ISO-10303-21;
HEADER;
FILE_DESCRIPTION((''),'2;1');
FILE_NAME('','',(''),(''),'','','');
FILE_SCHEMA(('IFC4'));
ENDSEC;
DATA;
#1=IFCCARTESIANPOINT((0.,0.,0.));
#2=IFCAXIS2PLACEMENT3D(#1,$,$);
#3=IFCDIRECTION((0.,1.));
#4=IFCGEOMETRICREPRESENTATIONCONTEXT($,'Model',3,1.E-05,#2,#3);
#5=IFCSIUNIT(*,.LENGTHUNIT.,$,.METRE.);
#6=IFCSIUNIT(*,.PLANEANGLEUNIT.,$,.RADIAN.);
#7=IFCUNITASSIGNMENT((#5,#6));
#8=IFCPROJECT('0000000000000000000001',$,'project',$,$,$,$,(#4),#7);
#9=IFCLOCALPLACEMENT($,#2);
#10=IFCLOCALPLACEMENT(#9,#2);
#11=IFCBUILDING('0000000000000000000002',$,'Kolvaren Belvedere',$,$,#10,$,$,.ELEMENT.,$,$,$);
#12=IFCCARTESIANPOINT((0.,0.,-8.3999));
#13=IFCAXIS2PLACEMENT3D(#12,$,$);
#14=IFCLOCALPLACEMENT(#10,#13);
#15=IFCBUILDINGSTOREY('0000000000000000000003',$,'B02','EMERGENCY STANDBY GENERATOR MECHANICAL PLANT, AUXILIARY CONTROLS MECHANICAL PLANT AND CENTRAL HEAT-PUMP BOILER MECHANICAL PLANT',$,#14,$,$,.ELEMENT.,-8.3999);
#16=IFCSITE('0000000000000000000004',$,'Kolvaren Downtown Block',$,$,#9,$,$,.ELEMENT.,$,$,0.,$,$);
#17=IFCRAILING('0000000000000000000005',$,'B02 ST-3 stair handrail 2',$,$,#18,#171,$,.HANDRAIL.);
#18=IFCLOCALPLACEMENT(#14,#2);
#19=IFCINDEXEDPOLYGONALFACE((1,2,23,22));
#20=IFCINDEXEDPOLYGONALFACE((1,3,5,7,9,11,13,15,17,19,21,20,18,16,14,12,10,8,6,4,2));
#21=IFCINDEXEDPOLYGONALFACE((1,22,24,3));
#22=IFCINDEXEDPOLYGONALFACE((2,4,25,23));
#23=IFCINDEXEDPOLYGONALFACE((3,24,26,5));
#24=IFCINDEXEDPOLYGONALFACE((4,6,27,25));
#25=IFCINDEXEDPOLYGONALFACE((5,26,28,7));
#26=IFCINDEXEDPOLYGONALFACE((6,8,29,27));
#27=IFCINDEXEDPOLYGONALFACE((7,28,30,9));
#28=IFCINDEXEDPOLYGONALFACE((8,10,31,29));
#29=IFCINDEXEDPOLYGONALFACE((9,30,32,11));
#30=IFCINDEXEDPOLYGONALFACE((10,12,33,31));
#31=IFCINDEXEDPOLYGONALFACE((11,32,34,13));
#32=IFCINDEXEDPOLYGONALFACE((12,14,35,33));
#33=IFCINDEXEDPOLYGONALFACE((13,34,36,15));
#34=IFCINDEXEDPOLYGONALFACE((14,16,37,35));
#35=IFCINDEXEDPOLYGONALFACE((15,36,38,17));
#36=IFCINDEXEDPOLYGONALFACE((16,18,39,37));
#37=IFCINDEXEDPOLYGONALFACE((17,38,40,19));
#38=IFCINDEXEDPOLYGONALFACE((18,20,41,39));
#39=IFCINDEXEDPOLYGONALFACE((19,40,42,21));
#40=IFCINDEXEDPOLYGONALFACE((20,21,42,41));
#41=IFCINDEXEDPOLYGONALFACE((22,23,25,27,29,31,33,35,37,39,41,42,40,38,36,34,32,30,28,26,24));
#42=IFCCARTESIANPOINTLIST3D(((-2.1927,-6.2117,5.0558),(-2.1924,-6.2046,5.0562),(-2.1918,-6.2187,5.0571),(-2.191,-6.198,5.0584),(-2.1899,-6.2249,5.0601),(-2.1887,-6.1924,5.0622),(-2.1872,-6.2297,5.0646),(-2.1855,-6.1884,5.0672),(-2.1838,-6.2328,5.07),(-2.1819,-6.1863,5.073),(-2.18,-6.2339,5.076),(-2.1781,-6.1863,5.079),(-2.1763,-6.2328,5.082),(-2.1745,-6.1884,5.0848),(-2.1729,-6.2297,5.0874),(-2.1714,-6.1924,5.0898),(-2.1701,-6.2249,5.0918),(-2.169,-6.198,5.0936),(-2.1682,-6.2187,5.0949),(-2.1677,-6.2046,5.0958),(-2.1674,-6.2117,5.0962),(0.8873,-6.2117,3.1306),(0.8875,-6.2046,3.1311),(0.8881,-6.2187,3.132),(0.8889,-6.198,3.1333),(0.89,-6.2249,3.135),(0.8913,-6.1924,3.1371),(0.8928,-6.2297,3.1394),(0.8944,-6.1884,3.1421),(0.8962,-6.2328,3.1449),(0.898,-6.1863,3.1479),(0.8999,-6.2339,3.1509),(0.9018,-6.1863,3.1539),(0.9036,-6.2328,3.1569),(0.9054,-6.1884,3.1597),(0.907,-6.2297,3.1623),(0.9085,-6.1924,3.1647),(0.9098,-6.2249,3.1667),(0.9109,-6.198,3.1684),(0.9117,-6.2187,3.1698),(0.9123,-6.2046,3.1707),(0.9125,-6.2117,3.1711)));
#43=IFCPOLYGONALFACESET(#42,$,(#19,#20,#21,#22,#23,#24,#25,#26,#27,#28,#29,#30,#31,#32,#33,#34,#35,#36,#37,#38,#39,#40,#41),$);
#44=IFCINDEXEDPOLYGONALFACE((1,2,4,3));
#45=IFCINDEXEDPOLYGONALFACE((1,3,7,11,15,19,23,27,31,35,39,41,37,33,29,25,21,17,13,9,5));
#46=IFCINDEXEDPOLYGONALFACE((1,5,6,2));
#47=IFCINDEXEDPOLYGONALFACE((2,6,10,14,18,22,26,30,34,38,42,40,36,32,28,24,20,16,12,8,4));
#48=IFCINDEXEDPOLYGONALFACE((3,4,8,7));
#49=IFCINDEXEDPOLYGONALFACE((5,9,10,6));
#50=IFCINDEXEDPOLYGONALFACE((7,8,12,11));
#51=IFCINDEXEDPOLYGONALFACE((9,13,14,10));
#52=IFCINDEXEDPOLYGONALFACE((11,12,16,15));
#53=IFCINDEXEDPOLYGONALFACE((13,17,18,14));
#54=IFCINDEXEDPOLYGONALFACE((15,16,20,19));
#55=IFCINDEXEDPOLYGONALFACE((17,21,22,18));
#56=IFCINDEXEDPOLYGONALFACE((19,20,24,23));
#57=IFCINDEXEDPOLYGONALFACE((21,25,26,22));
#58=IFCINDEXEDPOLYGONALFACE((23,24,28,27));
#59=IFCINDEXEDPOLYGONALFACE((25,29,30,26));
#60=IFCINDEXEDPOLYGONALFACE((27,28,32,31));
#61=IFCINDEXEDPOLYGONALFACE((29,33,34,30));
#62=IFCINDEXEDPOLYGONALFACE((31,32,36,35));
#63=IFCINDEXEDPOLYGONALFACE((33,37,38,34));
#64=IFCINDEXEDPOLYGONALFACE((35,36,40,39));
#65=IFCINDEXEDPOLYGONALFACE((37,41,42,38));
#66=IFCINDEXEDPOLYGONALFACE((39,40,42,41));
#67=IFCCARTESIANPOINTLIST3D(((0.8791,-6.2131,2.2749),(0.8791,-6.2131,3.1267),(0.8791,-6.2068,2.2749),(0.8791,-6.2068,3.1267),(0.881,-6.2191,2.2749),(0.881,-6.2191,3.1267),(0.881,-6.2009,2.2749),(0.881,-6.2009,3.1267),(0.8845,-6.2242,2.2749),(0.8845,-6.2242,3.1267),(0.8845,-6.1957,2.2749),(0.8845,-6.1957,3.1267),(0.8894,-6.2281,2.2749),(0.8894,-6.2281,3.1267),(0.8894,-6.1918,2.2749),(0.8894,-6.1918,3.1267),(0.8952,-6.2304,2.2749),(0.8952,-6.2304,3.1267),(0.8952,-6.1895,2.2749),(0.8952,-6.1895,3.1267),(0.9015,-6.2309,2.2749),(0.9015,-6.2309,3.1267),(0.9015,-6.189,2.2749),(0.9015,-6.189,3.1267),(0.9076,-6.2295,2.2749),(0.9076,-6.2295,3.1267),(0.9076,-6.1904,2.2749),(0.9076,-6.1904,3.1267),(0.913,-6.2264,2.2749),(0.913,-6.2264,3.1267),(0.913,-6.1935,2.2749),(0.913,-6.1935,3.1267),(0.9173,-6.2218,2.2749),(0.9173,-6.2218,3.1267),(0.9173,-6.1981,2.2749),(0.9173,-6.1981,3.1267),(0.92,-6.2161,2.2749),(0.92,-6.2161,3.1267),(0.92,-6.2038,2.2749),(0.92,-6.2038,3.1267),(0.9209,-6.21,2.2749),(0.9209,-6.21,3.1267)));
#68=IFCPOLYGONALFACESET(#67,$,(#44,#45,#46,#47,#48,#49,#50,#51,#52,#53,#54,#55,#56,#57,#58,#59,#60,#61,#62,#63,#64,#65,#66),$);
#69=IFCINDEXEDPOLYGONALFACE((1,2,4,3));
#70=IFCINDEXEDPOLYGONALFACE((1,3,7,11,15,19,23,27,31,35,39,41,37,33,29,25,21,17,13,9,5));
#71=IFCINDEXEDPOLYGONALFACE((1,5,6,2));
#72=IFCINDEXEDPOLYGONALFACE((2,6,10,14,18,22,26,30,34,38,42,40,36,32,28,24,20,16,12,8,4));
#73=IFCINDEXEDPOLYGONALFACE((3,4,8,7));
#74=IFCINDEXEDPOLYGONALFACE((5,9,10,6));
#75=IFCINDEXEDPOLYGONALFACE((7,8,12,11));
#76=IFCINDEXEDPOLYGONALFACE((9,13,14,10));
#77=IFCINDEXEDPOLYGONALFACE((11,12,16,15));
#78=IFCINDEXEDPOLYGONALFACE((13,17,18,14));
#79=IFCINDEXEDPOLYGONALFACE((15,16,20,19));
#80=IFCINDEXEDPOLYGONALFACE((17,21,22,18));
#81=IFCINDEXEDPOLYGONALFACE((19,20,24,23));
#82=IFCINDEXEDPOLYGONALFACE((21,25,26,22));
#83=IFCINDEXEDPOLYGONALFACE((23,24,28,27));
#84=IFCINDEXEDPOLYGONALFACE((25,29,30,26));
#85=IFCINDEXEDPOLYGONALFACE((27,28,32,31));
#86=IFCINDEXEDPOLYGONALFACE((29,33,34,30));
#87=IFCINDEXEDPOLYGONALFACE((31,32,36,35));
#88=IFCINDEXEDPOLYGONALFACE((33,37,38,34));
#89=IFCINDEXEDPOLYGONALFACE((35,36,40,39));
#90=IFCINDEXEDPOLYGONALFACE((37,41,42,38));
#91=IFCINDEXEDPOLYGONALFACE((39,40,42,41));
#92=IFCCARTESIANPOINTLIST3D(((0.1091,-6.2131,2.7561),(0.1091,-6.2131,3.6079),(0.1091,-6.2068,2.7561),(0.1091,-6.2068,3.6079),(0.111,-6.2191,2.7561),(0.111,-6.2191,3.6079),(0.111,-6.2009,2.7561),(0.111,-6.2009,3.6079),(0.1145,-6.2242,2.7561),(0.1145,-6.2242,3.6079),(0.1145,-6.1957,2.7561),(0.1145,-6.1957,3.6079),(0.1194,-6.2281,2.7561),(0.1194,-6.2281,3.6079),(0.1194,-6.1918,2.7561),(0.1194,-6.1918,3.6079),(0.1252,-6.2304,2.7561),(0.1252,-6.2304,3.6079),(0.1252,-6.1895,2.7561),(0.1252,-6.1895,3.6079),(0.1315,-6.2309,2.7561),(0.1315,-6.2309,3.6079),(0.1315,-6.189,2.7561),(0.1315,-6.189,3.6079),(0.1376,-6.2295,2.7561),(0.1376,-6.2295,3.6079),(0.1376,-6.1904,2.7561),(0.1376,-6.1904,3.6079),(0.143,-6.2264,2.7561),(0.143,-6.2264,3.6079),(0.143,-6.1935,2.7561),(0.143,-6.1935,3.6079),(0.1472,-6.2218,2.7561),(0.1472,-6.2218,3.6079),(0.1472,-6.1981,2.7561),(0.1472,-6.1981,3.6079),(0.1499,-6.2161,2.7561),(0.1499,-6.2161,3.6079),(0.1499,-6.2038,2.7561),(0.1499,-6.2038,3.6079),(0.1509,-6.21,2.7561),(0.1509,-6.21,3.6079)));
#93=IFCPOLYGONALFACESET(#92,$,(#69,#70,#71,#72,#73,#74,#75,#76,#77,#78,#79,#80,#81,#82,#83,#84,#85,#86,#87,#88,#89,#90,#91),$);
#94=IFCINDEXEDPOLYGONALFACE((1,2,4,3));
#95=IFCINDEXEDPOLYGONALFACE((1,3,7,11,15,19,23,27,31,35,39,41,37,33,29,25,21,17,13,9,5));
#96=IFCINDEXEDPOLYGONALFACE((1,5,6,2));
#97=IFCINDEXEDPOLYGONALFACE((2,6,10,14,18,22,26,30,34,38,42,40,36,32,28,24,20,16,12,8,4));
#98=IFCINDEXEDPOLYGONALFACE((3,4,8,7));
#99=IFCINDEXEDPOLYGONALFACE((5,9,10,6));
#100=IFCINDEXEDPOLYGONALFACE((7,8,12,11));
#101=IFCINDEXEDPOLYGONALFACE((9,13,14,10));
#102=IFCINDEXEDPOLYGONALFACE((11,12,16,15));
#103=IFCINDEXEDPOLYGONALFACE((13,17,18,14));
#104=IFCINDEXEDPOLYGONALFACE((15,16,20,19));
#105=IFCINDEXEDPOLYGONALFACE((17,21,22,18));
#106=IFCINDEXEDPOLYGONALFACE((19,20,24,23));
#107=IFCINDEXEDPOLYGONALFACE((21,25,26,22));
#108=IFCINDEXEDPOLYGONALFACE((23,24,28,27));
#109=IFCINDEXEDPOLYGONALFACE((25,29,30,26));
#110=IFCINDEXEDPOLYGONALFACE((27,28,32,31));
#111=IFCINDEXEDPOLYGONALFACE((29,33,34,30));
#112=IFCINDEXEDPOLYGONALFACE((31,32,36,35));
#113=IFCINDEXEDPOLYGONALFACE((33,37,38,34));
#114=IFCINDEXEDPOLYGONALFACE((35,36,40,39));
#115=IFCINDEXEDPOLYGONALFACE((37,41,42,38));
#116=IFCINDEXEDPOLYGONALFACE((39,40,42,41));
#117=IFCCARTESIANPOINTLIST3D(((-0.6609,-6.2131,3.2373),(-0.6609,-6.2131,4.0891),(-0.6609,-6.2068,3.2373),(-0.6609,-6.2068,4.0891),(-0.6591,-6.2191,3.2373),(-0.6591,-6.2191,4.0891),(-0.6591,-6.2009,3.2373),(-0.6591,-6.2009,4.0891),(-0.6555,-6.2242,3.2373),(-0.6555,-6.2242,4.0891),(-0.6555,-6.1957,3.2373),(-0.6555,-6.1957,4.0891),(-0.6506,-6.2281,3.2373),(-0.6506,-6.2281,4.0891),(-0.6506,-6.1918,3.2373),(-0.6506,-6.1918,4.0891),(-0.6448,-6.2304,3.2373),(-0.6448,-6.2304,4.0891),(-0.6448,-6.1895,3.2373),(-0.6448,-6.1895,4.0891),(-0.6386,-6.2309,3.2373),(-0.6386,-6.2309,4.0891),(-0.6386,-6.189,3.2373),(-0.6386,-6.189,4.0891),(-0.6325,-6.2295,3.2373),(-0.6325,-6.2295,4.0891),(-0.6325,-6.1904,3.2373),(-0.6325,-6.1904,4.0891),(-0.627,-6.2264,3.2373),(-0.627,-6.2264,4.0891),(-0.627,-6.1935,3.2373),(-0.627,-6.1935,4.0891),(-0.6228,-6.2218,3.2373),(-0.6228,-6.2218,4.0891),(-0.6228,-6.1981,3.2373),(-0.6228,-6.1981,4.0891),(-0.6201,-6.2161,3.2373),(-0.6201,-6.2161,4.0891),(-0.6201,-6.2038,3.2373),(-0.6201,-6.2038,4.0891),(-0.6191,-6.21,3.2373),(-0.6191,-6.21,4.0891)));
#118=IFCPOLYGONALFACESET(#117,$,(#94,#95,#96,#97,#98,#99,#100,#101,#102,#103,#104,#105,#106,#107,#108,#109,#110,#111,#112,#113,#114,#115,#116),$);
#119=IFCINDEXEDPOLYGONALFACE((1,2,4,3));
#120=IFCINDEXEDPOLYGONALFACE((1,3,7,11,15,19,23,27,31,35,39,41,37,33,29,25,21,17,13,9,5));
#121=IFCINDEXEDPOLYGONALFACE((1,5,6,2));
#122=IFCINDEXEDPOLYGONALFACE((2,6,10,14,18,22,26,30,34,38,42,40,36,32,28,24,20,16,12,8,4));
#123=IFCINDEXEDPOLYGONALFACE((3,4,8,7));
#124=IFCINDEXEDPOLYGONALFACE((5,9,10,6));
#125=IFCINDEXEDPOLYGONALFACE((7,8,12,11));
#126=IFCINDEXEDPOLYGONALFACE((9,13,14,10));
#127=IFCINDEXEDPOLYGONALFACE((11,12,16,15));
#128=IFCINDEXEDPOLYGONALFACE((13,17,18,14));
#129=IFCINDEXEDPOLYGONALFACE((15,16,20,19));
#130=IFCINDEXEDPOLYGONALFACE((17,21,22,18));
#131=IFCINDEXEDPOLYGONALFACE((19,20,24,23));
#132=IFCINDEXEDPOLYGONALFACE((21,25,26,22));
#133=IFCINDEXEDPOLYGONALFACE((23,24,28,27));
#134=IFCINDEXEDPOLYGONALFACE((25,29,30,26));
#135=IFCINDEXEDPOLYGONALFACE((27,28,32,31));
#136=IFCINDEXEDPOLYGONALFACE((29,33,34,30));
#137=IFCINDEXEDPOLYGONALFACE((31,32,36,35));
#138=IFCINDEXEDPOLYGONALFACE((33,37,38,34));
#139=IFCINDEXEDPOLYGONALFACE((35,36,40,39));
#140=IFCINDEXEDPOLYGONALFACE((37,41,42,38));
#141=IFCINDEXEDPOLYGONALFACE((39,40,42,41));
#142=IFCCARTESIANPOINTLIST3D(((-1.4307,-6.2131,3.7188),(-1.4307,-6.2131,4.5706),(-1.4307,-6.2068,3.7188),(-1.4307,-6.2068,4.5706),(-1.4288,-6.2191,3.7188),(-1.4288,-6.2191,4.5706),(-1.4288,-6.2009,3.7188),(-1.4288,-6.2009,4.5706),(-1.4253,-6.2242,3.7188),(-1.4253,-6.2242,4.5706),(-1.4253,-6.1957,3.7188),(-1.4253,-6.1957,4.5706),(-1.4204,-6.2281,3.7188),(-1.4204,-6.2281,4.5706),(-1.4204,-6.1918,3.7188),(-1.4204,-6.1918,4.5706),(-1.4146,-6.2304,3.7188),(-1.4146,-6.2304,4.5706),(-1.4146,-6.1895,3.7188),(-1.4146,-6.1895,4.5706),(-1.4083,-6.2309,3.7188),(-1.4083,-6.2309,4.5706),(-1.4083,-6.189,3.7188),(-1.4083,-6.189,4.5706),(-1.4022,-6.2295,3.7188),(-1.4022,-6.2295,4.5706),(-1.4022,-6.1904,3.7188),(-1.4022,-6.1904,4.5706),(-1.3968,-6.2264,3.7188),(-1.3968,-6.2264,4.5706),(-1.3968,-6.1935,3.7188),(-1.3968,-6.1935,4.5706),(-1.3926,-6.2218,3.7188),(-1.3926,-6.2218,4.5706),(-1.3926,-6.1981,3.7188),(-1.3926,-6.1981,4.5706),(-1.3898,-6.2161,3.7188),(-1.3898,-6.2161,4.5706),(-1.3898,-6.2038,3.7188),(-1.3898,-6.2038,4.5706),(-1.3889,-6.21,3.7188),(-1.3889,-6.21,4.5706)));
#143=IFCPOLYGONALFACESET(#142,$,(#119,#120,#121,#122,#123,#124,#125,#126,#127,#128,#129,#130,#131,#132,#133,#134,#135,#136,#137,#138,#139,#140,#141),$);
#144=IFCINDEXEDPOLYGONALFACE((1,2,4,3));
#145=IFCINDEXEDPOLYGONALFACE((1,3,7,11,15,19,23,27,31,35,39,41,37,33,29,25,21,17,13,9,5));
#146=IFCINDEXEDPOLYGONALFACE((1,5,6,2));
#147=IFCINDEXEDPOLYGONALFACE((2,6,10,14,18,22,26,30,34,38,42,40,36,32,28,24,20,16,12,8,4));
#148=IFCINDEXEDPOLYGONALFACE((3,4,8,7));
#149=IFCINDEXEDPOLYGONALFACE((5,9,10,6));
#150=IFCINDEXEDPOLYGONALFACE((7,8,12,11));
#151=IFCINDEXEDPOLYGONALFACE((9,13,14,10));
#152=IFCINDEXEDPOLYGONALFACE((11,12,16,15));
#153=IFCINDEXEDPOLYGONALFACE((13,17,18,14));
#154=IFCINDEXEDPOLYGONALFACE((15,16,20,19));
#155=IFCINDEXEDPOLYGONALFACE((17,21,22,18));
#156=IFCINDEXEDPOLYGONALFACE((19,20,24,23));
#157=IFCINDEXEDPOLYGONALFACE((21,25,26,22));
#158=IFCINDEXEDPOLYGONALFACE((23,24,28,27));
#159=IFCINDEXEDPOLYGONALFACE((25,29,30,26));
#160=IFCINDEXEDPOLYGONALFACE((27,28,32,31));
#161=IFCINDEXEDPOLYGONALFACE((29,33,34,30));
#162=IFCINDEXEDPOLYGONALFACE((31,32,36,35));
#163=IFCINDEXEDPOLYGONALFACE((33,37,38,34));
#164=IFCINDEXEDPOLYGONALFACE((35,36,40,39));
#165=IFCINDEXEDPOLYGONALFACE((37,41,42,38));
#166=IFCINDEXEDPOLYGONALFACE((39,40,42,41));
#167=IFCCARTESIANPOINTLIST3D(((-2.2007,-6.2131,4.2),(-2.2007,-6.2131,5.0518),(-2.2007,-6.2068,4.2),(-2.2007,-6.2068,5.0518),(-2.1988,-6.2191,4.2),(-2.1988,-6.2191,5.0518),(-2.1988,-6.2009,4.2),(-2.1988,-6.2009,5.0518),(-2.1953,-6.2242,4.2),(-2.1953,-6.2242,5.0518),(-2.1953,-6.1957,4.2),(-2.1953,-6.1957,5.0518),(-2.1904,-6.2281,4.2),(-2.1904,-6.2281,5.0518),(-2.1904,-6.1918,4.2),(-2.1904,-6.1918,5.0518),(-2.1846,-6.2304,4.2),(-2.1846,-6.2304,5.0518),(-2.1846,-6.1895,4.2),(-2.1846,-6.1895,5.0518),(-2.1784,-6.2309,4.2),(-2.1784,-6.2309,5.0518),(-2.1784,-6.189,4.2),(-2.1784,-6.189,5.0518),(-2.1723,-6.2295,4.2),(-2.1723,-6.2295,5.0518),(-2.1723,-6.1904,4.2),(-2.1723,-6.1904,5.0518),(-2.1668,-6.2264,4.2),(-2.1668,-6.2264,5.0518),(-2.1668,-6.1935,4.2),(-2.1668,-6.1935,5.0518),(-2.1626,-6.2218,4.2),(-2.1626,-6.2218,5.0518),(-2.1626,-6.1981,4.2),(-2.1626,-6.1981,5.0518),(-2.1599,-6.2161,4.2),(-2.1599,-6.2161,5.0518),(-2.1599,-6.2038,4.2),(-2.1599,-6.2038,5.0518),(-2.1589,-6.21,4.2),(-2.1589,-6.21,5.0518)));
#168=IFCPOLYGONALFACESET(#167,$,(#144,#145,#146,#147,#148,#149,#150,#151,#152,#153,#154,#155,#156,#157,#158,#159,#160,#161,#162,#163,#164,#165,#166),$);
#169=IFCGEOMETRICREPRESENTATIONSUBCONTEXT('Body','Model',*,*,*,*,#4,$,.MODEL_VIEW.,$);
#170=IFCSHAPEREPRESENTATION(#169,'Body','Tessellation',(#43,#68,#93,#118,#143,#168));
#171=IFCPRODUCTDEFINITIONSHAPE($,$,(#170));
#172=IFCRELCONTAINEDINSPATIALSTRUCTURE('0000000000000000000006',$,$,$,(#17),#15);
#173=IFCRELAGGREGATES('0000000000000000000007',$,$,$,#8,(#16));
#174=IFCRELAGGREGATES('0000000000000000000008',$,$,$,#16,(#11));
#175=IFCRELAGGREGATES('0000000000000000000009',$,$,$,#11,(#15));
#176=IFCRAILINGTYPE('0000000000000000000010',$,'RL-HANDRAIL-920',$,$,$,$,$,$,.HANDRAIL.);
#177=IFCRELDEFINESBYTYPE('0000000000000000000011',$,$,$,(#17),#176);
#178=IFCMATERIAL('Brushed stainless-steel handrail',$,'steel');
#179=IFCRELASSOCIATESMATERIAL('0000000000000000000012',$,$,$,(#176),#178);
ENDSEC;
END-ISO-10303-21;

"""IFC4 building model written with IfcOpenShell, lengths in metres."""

from ifc_helpers import new_model, si_unit, direction, frame, origin, origin_2d, place, context, subcontext, project, spatial, circle, extrude, material, type_object, element, save


model = new_model("IFC4")

# Units and contexts
model_context = context("Model", 3, precision=1e-05, world=origin(), true_north=direction((0.0, 1.0)))
body_context = subcontext(model_context, "Body", "Model", "MODEL_VIEW")
ifc_project = project(units=[si_unit("LENGTHUNIT", "METRE"), si_unit("PLANEANGLEUNIT", "RADIAN")], contexts=[model_context])

# Site, building, storey
site_placement = place(None, origin())
site = spatial("IfcSite", under=ifc_project, at=site_placement, Name="Kolvaren Downtown Block", CompositionType="ELEMENT", RefElevation=0.0)
building_placement = place(site_placement, origin())
building = spatial("IfcBuilding", under=site, at=building_placement, Name="Kolvaren Belvedere", CompositionType="ELEMENT")
storey_placement = place(building_placement, frame((0.0, 0.0, -8.3999)))
storey = spatial("IfcBuildingStorey", under=building, at=storey_placement, Name="B02", Description="EMERGENCY STANDBY GENERATOR MECHANICAL PLANT, AUXILIARY CONTROLS MECHANICAL PLANT AND CENTRAL HEAT-PUMP BOILER MECHANICAL PLANT", CompositionType="ELEMENT", Elevation=-8.3999)

# Railing
ifc_material_1 = material(Name="Brushed stainless-steel handrail", Category="steel")
railing_type_1 = type_object("IfcRailingType", Name="RL-HANDRAIL-920", PredefinedType="HANDRAIL", material=ifc_material_1)
railing_1_placement = place(storey_placement, frame((0.8999, -6.21, 2.2749)))
element("IfcRailing", 1, at=railing_1_placement, inside=storey, type_object=railing_type_1, Name="B02 ST-3 stair handrail 2", PredefinedType="HANDRAIL", context=body_context, shape_type="SweptSolid", body=[
    extrude(circle(Radius=0.0239, at=origin_2d()), frame((0.0, 0.0, 0.876), z_axis=(-0.847979, 0.0, 0.530029), x_axis=(0.0, -1.0, 0.0)), (0.0, 0.0, 1.0), 3.6321),
    extrude(circle(Radius=0.021, at=origin_2d()), origin(), (0.0, 0.0, 1.0), 0.8518),
    extrude(circle(Radius=0.021, at=origin_2d()), frame((-0.77, 0.0, 0.4812)), (0.0, 0.0, 1.0), 0.8518),
    extrude(circle(Radius=0.021, at=origin_2d()), frame((-1.54, 0.0, 0.9624)), (0.0, 0.0, 1.0), 0.8518),
    extrude(circle(Radius=0.021, at=origin_2d()), frame((-2.3098, 0.0, 1.4438)), (0.0, 0.0, 1.0), 0.8518),
    extrude(circle(Radius=0.021, at=origin_2d()), frame((-3.0798, 0.0, 1.925)), (0.0, 0.0, 1.0), 0.8518),
])

save(model, "model.ifc")
